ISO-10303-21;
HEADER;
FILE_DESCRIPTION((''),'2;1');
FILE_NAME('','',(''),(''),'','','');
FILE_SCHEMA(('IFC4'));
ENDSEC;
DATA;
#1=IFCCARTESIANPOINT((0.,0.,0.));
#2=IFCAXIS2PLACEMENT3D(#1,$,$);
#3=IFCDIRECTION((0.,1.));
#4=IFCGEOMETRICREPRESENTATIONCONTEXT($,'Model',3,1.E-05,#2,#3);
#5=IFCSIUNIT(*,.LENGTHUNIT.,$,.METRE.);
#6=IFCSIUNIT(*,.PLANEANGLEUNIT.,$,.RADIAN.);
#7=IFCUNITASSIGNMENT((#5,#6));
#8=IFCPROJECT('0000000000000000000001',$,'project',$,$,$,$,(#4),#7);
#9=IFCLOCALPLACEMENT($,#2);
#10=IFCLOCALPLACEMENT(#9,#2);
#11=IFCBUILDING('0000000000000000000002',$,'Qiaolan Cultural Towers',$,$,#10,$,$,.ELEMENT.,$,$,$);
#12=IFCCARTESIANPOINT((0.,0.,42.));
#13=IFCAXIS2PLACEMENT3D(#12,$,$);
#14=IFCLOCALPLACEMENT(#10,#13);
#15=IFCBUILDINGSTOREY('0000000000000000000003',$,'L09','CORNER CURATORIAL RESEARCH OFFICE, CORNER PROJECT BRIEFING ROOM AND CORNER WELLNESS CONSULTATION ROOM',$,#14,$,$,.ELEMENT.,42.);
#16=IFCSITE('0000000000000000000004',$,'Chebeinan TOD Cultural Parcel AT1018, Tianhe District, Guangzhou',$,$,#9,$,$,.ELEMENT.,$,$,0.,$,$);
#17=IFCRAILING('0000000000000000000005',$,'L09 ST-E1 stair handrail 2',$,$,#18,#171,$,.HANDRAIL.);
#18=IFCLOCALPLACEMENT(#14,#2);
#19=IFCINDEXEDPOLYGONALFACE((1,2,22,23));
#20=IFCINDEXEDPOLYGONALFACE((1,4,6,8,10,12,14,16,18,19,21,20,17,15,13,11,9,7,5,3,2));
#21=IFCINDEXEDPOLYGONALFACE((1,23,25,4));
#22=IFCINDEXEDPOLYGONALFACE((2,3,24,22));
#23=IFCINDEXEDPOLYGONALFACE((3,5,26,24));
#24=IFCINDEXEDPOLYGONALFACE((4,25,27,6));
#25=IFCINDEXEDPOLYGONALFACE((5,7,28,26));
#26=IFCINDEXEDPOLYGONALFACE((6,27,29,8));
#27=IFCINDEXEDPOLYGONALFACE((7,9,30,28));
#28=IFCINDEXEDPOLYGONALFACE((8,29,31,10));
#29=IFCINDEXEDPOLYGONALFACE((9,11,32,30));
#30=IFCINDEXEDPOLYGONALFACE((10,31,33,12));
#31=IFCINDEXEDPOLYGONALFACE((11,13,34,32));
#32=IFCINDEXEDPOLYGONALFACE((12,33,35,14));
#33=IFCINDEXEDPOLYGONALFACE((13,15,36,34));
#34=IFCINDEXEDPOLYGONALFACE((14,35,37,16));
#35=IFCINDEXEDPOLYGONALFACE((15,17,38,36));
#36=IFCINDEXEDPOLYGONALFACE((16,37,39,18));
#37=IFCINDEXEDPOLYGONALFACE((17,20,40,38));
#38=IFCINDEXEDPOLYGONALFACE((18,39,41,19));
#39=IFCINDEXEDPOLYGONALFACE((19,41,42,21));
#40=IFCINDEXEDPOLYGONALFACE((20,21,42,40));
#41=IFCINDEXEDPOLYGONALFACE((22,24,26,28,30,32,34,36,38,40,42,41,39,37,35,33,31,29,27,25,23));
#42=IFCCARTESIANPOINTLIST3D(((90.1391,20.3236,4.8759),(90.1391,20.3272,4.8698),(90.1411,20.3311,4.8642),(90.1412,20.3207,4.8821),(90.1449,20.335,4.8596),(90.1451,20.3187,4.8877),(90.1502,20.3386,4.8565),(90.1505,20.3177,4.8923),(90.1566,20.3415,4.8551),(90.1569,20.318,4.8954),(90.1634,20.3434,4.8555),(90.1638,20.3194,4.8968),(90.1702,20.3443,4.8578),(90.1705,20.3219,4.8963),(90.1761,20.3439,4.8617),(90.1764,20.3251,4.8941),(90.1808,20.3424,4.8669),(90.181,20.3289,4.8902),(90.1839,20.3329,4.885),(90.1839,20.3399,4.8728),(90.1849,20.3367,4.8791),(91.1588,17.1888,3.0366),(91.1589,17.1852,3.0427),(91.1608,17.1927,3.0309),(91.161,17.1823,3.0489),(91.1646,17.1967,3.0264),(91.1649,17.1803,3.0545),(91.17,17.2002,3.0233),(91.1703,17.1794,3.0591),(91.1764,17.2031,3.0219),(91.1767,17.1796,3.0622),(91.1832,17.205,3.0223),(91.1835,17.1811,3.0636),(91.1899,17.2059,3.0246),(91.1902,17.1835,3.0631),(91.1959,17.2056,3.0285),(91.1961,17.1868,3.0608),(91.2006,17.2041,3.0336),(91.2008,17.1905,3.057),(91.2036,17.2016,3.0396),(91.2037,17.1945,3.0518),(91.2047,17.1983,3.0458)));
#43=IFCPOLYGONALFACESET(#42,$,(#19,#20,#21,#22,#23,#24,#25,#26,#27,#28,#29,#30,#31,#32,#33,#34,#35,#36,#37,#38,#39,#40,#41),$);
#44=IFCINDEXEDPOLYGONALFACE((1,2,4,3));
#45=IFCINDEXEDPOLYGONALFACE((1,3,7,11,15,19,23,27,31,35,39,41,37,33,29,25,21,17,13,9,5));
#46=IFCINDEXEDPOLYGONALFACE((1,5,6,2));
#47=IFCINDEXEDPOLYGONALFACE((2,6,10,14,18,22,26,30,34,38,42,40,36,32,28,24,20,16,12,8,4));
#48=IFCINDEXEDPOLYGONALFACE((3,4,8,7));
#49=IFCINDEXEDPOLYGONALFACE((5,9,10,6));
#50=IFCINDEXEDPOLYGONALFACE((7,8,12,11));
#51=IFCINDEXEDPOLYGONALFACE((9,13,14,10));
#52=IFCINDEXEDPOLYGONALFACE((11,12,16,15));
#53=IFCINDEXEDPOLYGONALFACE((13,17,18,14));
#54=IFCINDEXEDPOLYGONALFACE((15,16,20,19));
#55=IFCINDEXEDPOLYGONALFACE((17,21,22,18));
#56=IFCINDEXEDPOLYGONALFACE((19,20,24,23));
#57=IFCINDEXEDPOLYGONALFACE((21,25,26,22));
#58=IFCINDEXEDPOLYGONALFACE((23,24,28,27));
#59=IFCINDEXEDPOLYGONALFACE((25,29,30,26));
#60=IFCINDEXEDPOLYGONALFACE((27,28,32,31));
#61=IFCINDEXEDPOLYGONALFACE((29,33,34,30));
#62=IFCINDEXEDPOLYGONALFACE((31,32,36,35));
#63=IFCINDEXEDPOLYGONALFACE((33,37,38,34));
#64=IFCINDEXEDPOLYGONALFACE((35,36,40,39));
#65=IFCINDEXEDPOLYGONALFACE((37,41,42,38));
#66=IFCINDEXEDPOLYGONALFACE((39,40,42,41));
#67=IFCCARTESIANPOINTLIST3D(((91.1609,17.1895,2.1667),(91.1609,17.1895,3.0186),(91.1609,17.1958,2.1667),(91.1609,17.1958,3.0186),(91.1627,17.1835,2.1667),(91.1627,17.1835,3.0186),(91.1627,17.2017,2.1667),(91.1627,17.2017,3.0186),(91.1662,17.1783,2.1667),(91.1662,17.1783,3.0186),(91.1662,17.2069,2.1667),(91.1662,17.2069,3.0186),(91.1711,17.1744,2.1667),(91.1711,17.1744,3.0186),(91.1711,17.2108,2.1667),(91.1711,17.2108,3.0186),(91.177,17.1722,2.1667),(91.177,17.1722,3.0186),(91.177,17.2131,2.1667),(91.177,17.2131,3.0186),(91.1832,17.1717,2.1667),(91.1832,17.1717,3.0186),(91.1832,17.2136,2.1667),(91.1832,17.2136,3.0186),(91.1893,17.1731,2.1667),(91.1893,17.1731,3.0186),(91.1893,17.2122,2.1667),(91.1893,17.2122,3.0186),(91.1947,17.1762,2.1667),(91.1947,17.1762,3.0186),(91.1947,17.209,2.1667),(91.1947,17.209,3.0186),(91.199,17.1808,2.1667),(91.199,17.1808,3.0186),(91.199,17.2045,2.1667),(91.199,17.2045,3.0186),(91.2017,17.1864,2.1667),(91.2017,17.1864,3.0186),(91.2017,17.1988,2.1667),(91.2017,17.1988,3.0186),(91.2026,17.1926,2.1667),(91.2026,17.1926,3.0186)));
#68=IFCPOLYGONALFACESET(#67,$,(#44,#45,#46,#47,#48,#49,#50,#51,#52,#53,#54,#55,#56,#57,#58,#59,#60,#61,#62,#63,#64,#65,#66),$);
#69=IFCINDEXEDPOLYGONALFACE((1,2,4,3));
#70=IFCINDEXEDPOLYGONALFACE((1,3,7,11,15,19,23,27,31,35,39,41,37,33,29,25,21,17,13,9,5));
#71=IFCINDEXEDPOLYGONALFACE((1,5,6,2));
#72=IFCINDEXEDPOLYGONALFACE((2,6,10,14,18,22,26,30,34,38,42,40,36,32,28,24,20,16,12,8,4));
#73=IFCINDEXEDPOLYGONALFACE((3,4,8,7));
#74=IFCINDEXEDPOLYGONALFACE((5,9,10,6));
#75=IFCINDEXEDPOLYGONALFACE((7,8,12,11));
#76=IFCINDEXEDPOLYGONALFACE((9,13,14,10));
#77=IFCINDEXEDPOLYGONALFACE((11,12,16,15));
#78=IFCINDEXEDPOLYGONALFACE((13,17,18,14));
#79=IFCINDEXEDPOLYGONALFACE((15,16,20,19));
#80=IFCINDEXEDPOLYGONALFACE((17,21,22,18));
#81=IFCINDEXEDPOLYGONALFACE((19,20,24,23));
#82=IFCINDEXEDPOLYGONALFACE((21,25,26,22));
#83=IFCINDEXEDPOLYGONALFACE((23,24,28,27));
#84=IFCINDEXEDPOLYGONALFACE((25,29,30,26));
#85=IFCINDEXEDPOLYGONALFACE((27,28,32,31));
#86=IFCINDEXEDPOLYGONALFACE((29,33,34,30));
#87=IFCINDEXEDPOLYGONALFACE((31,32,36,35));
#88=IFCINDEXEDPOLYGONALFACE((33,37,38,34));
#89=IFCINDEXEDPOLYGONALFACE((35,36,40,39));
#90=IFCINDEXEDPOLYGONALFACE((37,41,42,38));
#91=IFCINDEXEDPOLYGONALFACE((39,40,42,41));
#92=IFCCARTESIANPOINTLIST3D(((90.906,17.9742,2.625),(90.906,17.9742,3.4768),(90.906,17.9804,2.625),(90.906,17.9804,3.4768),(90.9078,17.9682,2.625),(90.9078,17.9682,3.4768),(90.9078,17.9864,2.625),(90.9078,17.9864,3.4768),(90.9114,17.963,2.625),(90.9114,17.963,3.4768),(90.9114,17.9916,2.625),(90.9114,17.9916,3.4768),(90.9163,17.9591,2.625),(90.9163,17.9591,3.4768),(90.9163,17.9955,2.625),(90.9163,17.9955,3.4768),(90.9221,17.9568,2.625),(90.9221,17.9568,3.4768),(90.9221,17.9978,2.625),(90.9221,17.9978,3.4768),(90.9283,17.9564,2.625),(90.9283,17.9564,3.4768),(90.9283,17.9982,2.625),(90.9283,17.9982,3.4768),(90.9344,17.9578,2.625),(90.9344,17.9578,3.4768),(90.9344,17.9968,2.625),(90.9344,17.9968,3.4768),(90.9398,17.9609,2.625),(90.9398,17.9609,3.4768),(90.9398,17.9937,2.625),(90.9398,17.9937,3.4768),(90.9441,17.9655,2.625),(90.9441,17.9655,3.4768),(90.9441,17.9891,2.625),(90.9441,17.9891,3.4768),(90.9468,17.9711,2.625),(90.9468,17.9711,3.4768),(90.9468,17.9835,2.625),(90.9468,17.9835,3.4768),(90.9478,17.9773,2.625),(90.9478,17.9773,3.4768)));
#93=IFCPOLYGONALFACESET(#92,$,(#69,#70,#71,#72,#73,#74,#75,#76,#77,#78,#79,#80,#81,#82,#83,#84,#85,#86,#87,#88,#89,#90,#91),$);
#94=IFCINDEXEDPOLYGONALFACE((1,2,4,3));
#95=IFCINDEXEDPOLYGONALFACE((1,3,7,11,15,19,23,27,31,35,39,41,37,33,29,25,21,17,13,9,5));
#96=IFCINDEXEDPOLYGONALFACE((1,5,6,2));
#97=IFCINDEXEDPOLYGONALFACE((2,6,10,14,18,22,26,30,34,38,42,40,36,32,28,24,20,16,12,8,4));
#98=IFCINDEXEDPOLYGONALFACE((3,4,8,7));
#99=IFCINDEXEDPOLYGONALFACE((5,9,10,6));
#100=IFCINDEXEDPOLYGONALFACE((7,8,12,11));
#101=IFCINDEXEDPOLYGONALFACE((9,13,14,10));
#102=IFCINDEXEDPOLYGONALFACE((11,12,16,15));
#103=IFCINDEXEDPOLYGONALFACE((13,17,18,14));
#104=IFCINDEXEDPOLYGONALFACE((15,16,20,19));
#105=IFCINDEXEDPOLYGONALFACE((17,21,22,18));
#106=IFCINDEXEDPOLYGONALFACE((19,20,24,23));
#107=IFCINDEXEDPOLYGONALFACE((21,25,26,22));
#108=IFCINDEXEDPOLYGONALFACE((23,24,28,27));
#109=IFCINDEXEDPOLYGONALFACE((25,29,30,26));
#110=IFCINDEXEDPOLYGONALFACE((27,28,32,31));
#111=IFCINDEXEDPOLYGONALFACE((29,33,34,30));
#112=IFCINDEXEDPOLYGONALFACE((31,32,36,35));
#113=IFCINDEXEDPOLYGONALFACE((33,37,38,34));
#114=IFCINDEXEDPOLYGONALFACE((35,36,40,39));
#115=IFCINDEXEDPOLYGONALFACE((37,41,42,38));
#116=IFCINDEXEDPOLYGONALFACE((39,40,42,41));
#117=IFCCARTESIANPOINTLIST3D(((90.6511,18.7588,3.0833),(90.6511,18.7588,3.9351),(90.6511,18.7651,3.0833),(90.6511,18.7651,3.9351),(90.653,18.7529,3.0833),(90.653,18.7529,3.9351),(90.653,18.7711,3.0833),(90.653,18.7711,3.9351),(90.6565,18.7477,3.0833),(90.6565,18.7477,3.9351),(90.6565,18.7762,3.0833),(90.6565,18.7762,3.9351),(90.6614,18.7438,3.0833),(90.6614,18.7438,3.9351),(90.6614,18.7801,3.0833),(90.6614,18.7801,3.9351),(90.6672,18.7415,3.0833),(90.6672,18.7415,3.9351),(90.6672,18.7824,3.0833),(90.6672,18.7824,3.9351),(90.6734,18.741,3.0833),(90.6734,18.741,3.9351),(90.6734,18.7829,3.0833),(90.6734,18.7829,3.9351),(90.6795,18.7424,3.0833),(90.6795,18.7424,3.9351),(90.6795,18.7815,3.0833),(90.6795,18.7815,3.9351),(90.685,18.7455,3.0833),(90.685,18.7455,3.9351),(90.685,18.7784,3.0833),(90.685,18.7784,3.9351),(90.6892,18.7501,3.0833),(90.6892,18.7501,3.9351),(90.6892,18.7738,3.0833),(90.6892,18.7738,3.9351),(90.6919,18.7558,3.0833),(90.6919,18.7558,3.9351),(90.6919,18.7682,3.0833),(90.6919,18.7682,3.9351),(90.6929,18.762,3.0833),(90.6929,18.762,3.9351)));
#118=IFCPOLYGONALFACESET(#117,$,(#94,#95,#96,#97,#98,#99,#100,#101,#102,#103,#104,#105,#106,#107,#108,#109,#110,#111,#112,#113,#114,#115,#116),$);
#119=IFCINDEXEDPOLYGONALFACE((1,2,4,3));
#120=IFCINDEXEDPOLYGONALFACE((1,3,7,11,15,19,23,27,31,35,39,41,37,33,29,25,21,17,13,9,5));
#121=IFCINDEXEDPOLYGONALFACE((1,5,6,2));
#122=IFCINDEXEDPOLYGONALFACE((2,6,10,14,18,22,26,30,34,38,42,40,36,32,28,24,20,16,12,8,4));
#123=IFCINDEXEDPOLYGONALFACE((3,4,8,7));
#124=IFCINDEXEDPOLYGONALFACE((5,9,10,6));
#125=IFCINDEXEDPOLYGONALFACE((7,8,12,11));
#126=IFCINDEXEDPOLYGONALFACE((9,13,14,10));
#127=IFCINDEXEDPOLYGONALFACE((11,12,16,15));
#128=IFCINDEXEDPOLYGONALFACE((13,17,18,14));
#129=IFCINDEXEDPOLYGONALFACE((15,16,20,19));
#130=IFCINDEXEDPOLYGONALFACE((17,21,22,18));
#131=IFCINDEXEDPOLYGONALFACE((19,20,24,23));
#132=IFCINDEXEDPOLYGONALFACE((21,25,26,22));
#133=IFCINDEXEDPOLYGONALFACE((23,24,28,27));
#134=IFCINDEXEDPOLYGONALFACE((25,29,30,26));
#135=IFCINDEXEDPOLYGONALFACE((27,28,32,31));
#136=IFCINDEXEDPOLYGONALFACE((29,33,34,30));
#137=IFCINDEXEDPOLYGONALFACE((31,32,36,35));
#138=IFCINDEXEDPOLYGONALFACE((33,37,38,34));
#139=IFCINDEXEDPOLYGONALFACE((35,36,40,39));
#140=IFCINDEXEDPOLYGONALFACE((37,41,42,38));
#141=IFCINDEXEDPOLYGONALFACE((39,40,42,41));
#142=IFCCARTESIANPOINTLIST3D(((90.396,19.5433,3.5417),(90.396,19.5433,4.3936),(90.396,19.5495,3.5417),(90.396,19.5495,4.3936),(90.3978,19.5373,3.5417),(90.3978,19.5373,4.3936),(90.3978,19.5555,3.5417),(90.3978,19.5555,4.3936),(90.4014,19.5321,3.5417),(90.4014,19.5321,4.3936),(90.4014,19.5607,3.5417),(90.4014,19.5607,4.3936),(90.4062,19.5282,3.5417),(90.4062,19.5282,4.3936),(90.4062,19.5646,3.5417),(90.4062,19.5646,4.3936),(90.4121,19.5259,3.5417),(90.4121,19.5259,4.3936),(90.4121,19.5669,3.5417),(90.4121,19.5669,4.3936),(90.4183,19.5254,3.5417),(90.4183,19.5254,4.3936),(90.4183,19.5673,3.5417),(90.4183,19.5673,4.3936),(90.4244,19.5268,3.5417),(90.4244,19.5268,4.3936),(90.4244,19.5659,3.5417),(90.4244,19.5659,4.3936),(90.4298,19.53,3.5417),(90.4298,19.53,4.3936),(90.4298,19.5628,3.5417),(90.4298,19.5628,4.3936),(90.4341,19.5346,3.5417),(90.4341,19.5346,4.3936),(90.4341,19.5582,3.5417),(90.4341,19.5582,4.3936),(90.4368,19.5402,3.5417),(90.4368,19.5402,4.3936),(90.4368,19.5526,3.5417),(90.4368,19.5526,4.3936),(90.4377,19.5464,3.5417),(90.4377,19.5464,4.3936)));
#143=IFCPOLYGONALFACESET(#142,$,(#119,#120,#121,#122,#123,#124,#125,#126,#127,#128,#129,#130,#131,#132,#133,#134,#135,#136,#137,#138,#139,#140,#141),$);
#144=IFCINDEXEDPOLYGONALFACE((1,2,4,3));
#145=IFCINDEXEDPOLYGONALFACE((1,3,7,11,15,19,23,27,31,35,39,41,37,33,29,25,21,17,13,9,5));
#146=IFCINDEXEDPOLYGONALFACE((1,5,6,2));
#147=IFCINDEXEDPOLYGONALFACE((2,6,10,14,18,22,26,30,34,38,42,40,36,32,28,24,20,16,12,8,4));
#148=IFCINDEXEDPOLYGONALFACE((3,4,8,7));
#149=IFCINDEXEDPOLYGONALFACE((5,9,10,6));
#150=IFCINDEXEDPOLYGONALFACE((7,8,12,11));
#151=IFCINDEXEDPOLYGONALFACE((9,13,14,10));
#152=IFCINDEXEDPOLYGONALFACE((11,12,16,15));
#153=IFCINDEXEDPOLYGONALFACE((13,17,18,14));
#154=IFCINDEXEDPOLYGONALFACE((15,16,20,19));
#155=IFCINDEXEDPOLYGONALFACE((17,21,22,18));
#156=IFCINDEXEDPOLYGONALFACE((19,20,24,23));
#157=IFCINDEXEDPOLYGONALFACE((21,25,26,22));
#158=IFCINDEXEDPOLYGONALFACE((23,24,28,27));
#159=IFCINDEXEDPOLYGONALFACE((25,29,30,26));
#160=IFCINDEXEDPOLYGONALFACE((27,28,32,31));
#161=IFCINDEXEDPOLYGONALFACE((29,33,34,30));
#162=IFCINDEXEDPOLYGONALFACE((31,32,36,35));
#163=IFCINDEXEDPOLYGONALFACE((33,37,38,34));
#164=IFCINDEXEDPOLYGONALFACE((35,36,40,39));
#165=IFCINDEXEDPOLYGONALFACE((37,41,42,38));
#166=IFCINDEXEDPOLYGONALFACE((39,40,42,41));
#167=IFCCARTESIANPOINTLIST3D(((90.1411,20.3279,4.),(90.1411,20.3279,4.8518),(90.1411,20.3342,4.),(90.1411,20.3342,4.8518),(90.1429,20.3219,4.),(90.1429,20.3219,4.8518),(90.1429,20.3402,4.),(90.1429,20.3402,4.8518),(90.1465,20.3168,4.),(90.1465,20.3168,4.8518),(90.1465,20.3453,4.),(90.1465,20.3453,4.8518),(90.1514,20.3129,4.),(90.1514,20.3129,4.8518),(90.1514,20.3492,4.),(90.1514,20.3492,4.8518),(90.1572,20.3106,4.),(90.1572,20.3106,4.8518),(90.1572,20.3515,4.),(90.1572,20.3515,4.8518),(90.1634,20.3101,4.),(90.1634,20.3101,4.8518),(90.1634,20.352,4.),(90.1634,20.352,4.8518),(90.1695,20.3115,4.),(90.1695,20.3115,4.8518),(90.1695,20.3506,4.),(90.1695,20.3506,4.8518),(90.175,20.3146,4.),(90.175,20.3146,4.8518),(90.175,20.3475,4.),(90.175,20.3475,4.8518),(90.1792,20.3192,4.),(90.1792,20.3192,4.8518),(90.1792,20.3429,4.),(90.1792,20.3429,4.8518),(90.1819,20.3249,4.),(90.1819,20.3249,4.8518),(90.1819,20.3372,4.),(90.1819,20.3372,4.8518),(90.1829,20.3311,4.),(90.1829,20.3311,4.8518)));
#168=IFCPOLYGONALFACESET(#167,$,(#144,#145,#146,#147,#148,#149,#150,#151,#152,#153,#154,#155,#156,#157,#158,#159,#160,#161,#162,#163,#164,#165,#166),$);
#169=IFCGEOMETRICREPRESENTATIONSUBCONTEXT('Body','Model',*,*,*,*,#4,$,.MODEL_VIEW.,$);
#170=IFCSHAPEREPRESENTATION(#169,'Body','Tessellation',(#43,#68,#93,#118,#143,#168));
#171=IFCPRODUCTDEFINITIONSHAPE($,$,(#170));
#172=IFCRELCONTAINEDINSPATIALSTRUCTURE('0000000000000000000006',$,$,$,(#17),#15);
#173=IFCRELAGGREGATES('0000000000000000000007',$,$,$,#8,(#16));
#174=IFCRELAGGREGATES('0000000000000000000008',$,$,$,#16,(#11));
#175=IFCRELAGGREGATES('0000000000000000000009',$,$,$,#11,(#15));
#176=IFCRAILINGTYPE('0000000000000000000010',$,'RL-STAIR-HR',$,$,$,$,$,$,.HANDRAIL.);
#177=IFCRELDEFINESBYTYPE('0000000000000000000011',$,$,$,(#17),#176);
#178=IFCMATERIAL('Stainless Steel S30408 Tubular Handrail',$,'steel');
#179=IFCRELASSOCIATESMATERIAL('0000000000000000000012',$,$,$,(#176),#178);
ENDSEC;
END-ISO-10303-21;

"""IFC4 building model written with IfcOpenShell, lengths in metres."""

from ifc_helpers import new_model, si_unit, direction, frame, origin, origin_2d, place, context, subcontext, project, spatial, circle, extrude, material, type_object, element, save


model = new_model("IFC4")

# Units and contexts
model_context = context("Model", 3, precision=1e-05, world=origin(), true_north=direction((0.0, 1.0)))
body_context = subcontext(model_context, "Body", "Model", "MODEL_VIEW")
ifc_project = project(units=[si_unit("LENGTHUNIT", "METRE"), si_unit("PLANEANGLEUNIT", "RADIAN")], contexts=[model_context])

# Site, building, storey
site_placement = place(None, origin())
site = spatial("IfcSite", under=ifc_project, at=site_placement, Name="Chebeinan TOD Cultural Parcel AT1018, Tianhe District, Guangzhou", CompositionType="ELEMENT", RefElevation=0.0)
building_placement = place(site_placement, origin())
building = spatial("IfcBuilding", under=site, at=building_placement, Name="Qiaolan Cultural Towers", CompositionType="ELEMENT")
storey_placement = place(building_placement, frame((0.0, 0.0, 42.0)))
storey = spatial("IfcBuildingStorey", under=building, at=storey_placement, Name="L09", Description="CORNER CURATORIAL RESEARCH OFFICE, CORNER PROJECT BRIEFING ROOM AND CORNER WELLNESS CONSULTATION ROOM", CompositionType="ELEMENT", Elevation=42.0)

# Railing
ifc_material_1 = material(Name="Stainless Steel S30408 Tubular Handrail", Category="steel")
railing_type_1 = type_object("IfcRailingType", Name="RL-STAIR-HR", PredefinedType="HANDRAIL", material=ifc_material_1)
railing_1_placement = place(storey_placement, frame((91.1816, 17.1926, 2.1667)))
element("IfcRailing", 1, at=railing_1_placement, inside=storey, type_object=railing_type_1, Name="L09 ST-E1 stair handrail 2", PredefinedType="HANDRAIL", context=body_context, shape_type="SweptSolid", body=[
    extrude(circle(Radius=0.0239, at=origin_2d()), frame((0.0, 0.0, 0.876), z_axis=(-0.270141, 0.831376, 0.485632), x_axis=(-0.951053, -0.309028, 0.0)), (0.0, 0.0, 1.0), 3.7749),
    extrude(circle(Radius=0.021, at=origin_2d()), origin(), (0.0, 0.0, 1.0), 0.8518),
    extrude(circle(Radius=0.021, at=origin_2d()), frame((-0.2549, 0.7847, 0.4583)), (0.0, 0.0, 1.0), 0.8518),
    extrude(circle(Radius=0.021, at=origin_2d()), frame((-0.5098, 1.5693, 0.9165)), (0.0, 0.0, 1.0), 0.8518),
    extrude(circle(Radius=0.021, at=origin_2d()), frame((-0.7649, 2.3538, 1.375)), (0.0, 0.0, 1.0), 0.8518),
    extrude(circle(Radius=0.021, at=origin_2d()), frame((-1.0198, 3.1384, 1.8333)), (0.0, 0.0, 1.0), 0.8518),
])

save(model, "model.ifc")
